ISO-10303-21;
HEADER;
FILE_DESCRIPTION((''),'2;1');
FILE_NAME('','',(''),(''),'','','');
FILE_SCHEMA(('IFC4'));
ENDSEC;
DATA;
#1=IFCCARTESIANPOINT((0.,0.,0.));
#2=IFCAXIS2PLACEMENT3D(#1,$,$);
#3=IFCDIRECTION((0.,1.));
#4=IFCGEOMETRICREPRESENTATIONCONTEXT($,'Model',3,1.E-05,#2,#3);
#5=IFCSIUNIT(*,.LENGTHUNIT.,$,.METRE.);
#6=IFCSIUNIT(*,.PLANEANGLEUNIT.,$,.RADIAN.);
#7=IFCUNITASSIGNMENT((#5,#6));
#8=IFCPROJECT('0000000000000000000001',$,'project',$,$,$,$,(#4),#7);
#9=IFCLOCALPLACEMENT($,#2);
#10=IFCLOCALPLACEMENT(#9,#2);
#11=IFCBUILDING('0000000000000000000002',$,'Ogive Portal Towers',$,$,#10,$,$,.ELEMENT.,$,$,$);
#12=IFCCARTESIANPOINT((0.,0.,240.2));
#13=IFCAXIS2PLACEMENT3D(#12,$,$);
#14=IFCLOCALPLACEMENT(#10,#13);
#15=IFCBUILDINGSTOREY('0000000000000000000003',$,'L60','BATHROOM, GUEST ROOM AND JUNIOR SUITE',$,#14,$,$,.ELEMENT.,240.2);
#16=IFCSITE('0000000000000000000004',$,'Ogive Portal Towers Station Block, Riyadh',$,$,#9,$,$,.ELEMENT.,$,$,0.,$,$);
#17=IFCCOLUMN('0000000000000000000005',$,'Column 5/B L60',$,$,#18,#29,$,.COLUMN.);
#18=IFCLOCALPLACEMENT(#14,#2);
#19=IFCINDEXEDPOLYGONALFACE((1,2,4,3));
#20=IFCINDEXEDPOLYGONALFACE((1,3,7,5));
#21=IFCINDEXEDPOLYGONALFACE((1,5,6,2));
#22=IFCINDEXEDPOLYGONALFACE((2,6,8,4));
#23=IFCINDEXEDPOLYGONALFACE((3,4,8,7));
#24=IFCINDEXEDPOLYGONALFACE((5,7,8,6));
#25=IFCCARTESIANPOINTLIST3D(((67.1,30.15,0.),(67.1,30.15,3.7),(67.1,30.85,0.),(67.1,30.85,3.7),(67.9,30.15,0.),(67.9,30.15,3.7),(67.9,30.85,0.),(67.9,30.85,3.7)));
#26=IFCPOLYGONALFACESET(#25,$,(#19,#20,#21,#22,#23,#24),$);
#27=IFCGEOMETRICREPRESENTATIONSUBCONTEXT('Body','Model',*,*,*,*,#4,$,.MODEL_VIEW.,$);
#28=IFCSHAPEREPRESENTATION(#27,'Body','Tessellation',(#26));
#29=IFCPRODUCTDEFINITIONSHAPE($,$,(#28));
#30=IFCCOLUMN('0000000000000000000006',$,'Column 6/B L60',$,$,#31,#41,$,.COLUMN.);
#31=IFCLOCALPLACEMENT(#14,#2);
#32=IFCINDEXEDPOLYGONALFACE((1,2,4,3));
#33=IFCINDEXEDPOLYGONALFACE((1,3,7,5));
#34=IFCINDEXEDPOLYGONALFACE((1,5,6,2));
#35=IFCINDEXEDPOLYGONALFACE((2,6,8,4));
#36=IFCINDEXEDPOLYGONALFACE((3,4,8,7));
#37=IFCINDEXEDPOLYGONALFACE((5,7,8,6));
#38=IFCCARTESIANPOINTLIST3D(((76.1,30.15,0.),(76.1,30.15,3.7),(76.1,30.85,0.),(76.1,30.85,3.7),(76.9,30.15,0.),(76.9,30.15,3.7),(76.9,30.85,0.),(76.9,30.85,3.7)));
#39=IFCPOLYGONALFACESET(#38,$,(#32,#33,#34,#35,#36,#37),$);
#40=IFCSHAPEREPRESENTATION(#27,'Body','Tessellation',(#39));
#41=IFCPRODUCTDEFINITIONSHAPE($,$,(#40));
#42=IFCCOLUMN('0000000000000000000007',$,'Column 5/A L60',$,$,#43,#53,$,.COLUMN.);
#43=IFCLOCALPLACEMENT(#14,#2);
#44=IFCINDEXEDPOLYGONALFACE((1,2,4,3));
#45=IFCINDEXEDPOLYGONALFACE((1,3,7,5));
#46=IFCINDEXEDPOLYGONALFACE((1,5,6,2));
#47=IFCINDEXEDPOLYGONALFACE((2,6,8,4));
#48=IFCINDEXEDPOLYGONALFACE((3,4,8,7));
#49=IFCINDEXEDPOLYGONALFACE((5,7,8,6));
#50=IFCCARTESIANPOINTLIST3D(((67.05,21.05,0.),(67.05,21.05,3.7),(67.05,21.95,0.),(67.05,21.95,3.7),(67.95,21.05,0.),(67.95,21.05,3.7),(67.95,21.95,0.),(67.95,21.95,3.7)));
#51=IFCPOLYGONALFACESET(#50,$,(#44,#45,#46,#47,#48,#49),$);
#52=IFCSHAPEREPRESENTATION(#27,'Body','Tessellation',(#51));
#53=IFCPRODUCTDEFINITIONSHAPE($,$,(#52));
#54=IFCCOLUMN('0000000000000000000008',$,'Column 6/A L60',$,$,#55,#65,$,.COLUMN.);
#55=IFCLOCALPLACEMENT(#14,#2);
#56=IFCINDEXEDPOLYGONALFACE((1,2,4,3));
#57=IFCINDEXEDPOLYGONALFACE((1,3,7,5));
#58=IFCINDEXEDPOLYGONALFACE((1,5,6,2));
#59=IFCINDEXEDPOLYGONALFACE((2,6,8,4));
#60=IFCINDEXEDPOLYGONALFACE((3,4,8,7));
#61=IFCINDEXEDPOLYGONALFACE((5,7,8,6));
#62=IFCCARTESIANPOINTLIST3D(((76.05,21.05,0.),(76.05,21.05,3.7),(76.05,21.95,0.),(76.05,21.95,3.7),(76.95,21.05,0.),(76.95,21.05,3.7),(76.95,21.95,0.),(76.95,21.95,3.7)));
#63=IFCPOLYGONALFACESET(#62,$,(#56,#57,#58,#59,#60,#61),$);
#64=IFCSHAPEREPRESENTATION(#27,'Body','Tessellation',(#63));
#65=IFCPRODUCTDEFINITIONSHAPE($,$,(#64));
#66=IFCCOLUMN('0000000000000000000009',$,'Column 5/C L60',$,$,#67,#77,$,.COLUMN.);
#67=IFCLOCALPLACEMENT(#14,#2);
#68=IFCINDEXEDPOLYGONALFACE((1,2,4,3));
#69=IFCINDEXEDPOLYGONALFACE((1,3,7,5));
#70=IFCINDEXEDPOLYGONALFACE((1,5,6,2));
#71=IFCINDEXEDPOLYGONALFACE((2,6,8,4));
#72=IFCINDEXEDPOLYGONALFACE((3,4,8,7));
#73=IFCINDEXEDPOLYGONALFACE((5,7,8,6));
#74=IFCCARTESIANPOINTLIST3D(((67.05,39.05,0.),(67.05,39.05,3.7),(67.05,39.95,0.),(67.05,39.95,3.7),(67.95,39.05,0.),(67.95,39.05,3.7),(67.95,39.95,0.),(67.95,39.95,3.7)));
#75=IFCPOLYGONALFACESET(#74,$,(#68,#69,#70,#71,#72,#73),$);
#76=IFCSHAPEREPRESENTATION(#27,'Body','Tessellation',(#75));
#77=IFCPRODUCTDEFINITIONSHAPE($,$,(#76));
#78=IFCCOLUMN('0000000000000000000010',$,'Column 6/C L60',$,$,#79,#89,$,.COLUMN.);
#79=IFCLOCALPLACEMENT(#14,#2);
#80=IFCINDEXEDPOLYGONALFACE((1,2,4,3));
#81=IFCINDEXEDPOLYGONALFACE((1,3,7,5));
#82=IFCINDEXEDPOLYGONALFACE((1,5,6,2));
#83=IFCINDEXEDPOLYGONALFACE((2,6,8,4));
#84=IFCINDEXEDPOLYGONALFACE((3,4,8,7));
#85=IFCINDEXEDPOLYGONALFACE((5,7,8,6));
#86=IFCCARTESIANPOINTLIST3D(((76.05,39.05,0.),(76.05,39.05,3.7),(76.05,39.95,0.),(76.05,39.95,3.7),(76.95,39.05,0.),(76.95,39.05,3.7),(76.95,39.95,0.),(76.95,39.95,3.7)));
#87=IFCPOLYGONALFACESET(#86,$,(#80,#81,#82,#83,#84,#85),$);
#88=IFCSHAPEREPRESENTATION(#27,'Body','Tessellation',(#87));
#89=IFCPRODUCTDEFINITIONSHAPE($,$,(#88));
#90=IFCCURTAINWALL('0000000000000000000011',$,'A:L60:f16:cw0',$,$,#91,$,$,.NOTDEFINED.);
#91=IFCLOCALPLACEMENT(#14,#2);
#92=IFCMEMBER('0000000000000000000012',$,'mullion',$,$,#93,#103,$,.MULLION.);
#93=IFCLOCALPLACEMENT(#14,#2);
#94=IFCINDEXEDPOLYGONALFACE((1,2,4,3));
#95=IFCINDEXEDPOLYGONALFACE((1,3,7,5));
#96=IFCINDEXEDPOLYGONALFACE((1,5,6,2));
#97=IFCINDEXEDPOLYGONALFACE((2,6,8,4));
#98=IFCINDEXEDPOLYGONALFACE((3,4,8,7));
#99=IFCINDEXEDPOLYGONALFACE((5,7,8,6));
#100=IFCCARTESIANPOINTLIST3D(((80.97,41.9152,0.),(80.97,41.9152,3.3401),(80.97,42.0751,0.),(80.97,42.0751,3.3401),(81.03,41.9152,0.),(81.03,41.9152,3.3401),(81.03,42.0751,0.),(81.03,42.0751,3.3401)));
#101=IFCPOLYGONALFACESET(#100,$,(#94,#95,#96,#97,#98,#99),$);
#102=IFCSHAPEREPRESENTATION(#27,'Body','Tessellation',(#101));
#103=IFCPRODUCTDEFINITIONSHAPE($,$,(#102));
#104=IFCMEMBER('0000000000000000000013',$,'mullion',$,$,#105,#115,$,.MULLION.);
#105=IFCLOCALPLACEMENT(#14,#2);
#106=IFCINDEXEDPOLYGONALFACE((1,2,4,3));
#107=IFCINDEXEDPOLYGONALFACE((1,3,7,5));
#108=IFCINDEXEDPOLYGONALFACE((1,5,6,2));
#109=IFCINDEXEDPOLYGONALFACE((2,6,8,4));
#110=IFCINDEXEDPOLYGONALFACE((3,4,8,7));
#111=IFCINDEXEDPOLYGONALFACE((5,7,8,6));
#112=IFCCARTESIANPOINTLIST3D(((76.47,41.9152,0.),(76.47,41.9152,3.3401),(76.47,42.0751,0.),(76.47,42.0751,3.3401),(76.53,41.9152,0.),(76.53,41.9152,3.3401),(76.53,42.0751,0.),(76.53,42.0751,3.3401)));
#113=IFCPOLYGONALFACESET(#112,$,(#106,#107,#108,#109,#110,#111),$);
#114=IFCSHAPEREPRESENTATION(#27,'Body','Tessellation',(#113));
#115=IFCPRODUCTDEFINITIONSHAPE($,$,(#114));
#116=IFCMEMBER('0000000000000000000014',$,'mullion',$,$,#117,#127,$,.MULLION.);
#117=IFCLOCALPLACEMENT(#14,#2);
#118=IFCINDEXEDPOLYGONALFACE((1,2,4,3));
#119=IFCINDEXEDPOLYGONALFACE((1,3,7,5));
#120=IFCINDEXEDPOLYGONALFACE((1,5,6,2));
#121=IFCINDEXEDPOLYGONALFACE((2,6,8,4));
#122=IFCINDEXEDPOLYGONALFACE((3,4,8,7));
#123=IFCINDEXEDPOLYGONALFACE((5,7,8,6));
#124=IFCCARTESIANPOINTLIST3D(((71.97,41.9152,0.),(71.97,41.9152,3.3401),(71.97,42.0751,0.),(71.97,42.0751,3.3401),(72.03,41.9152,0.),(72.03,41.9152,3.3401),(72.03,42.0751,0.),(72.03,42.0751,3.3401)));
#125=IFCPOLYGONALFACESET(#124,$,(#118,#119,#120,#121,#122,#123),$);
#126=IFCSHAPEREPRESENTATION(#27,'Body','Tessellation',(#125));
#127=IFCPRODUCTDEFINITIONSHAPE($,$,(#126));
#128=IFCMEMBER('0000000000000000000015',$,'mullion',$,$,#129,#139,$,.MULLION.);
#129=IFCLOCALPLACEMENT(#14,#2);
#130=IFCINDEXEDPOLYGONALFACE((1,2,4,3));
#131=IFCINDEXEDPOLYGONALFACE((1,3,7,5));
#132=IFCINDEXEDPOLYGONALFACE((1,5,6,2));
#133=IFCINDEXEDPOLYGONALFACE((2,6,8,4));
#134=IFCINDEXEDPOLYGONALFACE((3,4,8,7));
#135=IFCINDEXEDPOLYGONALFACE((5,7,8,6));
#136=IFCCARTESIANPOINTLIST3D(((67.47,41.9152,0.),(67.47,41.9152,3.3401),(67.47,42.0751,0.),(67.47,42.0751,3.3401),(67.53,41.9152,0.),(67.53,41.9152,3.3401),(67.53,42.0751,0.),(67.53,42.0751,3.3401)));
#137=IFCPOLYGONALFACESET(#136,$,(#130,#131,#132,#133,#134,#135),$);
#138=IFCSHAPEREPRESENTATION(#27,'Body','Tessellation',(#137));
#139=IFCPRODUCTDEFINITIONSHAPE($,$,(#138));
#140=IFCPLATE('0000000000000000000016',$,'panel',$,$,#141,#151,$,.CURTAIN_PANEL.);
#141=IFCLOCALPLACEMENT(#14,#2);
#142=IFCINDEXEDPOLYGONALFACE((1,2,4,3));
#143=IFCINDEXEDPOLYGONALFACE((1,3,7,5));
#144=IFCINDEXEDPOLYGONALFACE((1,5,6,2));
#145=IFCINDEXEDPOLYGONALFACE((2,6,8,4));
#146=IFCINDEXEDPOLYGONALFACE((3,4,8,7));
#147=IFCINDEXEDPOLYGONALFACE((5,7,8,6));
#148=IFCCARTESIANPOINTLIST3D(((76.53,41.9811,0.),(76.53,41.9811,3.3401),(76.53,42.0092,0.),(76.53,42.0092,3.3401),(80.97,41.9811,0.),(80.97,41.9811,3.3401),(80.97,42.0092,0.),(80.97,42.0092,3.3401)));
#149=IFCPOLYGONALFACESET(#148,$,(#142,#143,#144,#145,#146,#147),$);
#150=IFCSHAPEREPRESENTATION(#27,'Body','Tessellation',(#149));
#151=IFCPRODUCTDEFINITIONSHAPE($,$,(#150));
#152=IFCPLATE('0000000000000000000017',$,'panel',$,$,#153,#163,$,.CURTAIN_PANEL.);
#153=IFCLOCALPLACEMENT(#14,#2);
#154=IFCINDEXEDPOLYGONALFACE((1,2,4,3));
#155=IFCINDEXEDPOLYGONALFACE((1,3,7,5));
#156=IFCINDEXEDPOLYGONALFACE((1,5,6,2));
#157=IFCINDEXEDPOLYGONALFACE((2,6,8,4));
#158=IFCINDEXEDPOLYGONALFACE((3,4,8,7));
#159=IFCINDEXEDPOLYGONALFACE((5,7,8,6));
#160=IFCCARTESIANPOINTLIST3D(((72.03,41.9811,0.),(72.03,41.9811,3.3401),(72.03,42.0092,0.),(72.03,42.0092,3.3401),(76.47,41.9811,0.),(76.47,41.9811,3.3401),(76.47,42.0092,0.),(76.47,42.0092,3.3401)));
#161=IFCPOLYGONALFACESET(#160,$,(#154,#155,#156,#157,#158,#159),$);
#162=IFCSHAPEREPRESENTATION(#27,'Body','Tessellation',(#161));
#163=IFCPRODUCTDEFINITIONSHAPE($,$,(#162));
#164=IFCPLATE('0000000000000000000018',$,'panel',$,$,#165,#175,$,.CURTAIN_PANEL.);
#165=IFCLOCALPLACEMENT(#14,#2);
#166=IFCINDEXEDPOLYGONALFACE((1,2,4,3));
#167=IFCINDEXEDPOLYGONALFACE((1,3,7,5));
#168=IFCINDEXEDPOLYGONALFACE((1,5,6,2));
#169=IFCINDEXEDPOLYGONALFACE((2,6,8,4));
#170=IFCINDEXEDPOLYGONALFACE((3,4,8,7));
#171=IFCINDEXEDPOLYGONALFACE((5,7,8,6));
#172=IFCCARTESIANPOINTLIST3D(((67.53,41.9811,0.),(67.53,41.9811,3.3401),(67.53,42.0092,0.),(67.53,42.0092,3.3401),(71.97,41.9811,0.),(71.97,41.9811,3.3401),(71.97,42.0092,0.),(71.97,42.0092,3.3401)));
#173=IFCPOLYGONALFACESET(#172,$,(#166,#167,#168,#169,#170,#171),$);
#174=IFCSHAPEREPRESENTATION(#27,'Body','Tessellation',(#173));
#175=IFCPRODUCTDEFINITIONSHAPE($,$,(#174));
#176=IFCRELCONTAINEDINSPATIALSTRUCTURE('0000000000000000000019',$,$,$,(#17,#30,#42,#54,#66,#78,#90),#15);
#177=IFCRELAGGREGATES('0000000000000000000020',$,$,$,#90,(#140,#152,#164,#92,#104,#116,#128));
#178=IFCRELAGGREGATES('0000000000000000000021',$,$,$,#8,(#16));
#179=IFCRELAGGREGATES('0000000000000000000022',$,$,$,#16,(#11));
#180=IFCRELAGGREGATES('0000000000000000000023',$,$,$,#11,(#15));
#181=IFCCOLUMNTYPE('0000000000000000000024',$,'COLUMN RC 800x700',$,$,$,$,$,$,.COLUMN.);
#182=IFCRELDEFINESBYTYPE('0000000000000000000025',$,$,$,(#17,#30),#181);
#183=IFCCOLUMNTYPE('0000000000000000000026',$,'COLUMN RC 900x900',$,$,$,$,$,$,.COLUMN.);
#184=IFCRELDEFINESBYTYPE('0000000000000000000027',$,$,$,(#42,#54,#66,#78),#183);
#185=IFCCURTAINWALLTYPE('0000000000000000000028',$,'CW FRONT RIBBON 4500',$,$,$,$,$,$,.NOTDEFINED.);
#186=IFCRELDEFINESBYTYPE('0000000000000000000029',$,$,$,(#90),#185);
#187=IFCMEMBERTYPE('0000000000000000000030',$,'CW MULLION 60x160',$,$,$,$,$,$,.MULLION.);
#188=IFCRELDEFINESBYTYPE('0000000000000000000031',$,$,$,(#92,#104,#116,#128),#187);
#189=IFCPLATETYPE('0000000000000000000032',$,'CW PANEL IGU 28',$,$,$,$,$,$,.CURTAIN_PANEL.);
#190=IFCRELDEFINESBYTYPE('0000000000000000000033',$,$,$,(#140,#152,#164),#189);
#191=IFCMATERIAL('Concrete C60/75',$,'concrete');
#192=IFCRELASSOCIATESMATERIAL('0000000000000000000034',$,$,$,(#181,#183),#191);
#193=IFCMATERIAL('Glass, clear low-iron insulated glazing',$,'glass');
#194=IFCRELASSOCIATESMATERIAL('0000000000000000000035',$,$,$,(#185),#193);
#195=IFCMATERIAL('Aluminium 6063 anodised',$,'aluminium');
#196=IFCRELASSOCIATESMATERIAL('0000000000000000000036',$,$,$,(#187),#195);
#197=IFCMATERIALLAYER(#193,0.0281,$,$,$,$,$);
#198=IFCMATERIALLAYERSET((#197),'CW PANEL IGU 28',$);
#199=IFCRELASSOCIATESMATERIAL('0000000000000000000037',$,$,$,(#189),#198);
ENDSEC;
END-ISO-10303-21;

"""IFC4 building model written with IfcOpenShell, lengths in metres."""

from ifc_helpers import new_model, si_unit, direction, frame, origin, origin_2d, place, context, subcontext, project, spatial, rectangle, extrude, material, layer, layer_set, material_profile, profile_set, type_object, element, aggregate, save


model = new_model("IFC4")

# Units and contexts
model_context = context("Model", 3, precision=1e-05, world=origin(), true_north=direction((0.0, 1.0)))
body_context = subcontext(model_context, "Body", "Model", "MODEL_VIEW")
ifc_project = project(units=[si_unit("LENGTHUNIT", "METRE"), si_unit("PLANEANGLEUNIT", "RADIAN")], contexts=[model_context])

# Site, building, storey
site_placement = place(None, origin())
site = spatial("IfcSite", under=ifc_project, at=site_placement, Name="Ogive Portal Towers Station Block, Riyadh", CompositionType="ELEMENT", RefElevation=0.0)
building_placement = place(site_placement, origin())
building = spatial("IfcBuilding", under=site, at=building_placement, Name="Ogive Portal Towers", CompositionType="ELEMENT")
storey_placement = place(building_placement, frame((0.0, 0.0, 240.2)))
storey = spatial("IfcBuildingStorey", under=building, at=storey_placement, Name="L60", Description="BATHROOM, GUEST ROOM AND JUNIOR SUITE", CompositionType="ELEMENT", Elevation=240.2)

# Columns
ifc_material_1 = material(Name="Concrete C60/75", Category="concrete")
ifc_material_profile_1 = material_profile(ifc_material_1, rectangle(XDim=0.8, YDim=0.7, at=origin_2d()), Name="RC 800x700")
ifc_profile_set_1 = profile_set([ifc_material_profile_1], Name="Concrete C60/75")
column_type_1 = type_object("IfcColumnType", Name="COLUMN RC 800x700", PredefinedType="COLUMN", material=ifc_profile_set_1)
for number, where, z_axis, x_axis, name in (
    (1, (67.5, 30.5, 0.0), (0.0, 0.0, 1.0), (1.0, 0.0, 0.0), "Column 5/B L60"),
    (2, (76.5, 30.5, 0.0), (0.0, 0.0, 1.0), (1.0, 0.0, 0.0), "Column 6/B L60"),
):
    element("IfcColumn", number, at=place(storey_placement, frame(where, z_axis=z_axis, x_axis=x_axis)), inside=storey, type_object=column_type_1, Name=name, PredefinedType="COLUMN", context=body_context, shape_type="SweptSolid", body=[
        extrude(rectangle(XDim=0.8, YDim=0.7, at=origin_2d()), origin(), (0.0, 0.0, 1.0), 3.7),
    ])
ifc_material_profile_2 = material_profile(ifc_material_1, rectangle(XDim=0.8999, YDim=0.8999, at=origin_2d()), Name="RC 900x900")
ifc_profile_set_2 = profile_set([ifc_material_profile_2], Name="Concrete C60/75")
column_type_2 = type_object("IfcColumnType", Name="COLUMN RC 900x900", PredefinedType="COLUMN", material=ifc_profile_set_2)
for number, where, z_axis, x_axis, name in (
    (3, (67.5, 21.5, 0.0), (0.0, 0.0, 1.0), (1.0, 0.0, 0.0), "Column 5/A L60"),
    (4, (76.5, 21.5, 0.0), (0.0, 0.0, 1.0), (1.0, 0.0, 0.0), "Column 6/A L60"),
    (5, (67.5, 39.5, 0.0), (0.0, 0.0, 1.0), (1.0, 0.0, 0.0), "Column 5/C L60"),
    (6, (76.5, 39.5, 0.0), (0.0, 0.0, 1.0), (1.0, 0.0, 0.0), "Column 6/C L60"),
):
    element("IfcColumn", number, at=place(storey_placement, frame(where, z_axis=z_axis, x_axis=x_axis)), inside=storey, type_object=column_type_2, Name=name, PredefinedType="COLUMN", context=body_context, shape_type="SweptSolid", body=[
        extrude(rectangle(XDim=0.8999, YDim=0.8999, at=origin_2d()), origin(), (0.0, 0.0, 1.0), 3.7),
    ])

# Curtain wall, members, plates
ifc_material_2 = material(Name="Glass, clear low-iron insulated glazing", Category="glass")
curtain_wall_type = type_object("IfcCurtainWallType", Name="CW FRONT RIBBON 4500", PredefinedType="NOTDEFINED", material=ifc_material_2)
curtain_wall_placement = place(storey_placement, origin())
curtain_wall = element("IfcCurtainWall", 7, at=curtain_wall_placement, inside=storey, type_object=curtain_wall_type, Name="A:L60:f16:cw0", PredefinedType="NOTDEFINED")
ifc_material_3 = material(Name="Aluminium 6063 anodised", Category="aluminium")
ifc_material_profile_3 = material_profile(ifc_material_3, rectangle(XDim=0.1599, YDim=0.0601, at=origin_2d()), Name="AL 60x160")
ifc_profile_set_3 = profile_set([ifc_material_profile_3], Name="Aluminium 6063 anodised")
member_type = type_object("IfcMemberType", Name="CW MULLION 60x160", PredefinedType="MULLION", material=ifc_profile_set_3)
member_1_placement = place(storey_placement, frame((81.0, 41.9951, 0.0), z_axis=(0.0, 0.0, 1.0), x_axis=(0.0, -1.0, 0.0)))
member_1 = element("IfcMember", 8, at=member_1_placement, type_object=member_type, Name="mullion", PredefinedType="MULLION", context=body_context, shape_type="SweptSolid", body=[
    extrude(rectangle(XDim=0.1599, YDim=0.0601, at=origin_2d()), origin(), (0.0, 0.0, 1.0), 3.3401),
])
member_2_placement = place(storey_placement, frame((76.5, 41.9951, 0.0), z_axis=(0.0, 0.0, 1.0), x_axis=(0.0, -1.0, 0.0)))
member_2 = element("IfcMember", 9, at=member_2_placement, type_object=member_type, Name="mullion", PredefinedType="MULLION", context=body_context, shape_type="SweptSolid", body=[
    extrude(rectangle(XDim=0.1599, YDim=0.0601, at=origin_2d()), origin(), (0.0, 0.0, 1.0), 3.3401),
])
member_3_placement = place(storey_placement, frame((72.0, 41.9951, 0.0), z_axis=(0.0, 0.0, 1.0), x_axis=(0.0, -1.0, 0.0)))
member_3 = element("IfcMember", 10, at=member_3_placement, type_object=member_type, Name="mullion", PredefinedType="MULLION", context=body_context, shape_type="SweptSolid", body=[
    extrude(rectangle(XDim=0.1599, YDim=0.0601, at=origin_2d()), origin(), (0.0, 0.0, 1.0), 3.3401),
])
member_4_placement = place(storey_placement, frame((67.5, 41.9951, 0.0), z_axis=(0.0, 0.0, 1.0), x_axis=(0.0, -1.0, 0.0)))
member_4 = element("IfcMember", 11, at=member_4_placement, type_object=member_type, Name="mullion", PredefinedType="MULLION", context=body_context, shape_type="SweptSolid", body=[
    extrude(rectangle(XDim=0.1599, YDim=0.0601, at=origin_2d()), origin(), (0.0, 0.0, 1.0), 3.3401),
])
ifc_layer_1 = layer(ifc_material_2, 0.0281)
ifc_layer_set_1 = layer_set([ifc_layer_1], Name="CW PANEL IGU 28")
plate_type = type_object("IfcPlateType", Name="CW PANEL IGU 28", PredefinedType="CURTAIN_PANEL", material=ifc_layer_set_1)
plate_1_placement = place(storey_placement, frame((78.75, 41.9951, 0.0), z_axis=(0.0, 0.0, 1.0), x_axis=(-1.0, 0.0, 0.0)))
plate_1 = element("IfcPlate", 12, at=plate_1_placement, type_object=plate_type, Name="panel", PredefinedType="CURTAIN_PANEL", context=body_context, shape_type="SweptSolid", body=[
    extrude(rectangle(XDim=4.4399, YDim=0.0281, at=origin_2d()), origin(), (0.0, 0.0, 1.0), 3.3401),
])
plate_2_placement = place(storey_placement, frame((74.25, 41.9951, 0.0), z_axis=(0.0, 0.0, 1.0), x_axis=(-1.0, 0.0, 0.0)))
plate_2 = element("IfcPlate", 13, at=plate_2_placement, type_object=plate_type, Name="panel", PredefinedType="CURTAIN_PANEL", context=body_context, shape_type="SweptSolid", body=[
    extrude(rectangle(XDim=4.4399, YDim=0.0281, at=origin_2d()), origin(), (0.0, 0.0, 1.0), 3.3401),
])
plate_3_placement = place(storey_placement, frame((69.75, 41.9951, 0.0), z_axis=(0.0, 0.0, 1.0), x_axis=(-1.0, 0.0, 0.0)))
plate_3 = element("IfcPlate", 14, at=plate_3_placement, type_object=plate_type, Name="panel", PredefinedType="CURTAIN_PANEL", context=body_context, shape_type="SweptSolid", body=[
    extrude(rectangle(XDim=4.4399, YDim=0.0281, at=origin_2d()), origin(), (0.0, 0.0, 1.0), 3.3401),
])
aggregate(curtain_wall, [plate_1, plate_2, plate_3, member_1, member_2, member_3, member_4])

save(model, "model.ifc")
